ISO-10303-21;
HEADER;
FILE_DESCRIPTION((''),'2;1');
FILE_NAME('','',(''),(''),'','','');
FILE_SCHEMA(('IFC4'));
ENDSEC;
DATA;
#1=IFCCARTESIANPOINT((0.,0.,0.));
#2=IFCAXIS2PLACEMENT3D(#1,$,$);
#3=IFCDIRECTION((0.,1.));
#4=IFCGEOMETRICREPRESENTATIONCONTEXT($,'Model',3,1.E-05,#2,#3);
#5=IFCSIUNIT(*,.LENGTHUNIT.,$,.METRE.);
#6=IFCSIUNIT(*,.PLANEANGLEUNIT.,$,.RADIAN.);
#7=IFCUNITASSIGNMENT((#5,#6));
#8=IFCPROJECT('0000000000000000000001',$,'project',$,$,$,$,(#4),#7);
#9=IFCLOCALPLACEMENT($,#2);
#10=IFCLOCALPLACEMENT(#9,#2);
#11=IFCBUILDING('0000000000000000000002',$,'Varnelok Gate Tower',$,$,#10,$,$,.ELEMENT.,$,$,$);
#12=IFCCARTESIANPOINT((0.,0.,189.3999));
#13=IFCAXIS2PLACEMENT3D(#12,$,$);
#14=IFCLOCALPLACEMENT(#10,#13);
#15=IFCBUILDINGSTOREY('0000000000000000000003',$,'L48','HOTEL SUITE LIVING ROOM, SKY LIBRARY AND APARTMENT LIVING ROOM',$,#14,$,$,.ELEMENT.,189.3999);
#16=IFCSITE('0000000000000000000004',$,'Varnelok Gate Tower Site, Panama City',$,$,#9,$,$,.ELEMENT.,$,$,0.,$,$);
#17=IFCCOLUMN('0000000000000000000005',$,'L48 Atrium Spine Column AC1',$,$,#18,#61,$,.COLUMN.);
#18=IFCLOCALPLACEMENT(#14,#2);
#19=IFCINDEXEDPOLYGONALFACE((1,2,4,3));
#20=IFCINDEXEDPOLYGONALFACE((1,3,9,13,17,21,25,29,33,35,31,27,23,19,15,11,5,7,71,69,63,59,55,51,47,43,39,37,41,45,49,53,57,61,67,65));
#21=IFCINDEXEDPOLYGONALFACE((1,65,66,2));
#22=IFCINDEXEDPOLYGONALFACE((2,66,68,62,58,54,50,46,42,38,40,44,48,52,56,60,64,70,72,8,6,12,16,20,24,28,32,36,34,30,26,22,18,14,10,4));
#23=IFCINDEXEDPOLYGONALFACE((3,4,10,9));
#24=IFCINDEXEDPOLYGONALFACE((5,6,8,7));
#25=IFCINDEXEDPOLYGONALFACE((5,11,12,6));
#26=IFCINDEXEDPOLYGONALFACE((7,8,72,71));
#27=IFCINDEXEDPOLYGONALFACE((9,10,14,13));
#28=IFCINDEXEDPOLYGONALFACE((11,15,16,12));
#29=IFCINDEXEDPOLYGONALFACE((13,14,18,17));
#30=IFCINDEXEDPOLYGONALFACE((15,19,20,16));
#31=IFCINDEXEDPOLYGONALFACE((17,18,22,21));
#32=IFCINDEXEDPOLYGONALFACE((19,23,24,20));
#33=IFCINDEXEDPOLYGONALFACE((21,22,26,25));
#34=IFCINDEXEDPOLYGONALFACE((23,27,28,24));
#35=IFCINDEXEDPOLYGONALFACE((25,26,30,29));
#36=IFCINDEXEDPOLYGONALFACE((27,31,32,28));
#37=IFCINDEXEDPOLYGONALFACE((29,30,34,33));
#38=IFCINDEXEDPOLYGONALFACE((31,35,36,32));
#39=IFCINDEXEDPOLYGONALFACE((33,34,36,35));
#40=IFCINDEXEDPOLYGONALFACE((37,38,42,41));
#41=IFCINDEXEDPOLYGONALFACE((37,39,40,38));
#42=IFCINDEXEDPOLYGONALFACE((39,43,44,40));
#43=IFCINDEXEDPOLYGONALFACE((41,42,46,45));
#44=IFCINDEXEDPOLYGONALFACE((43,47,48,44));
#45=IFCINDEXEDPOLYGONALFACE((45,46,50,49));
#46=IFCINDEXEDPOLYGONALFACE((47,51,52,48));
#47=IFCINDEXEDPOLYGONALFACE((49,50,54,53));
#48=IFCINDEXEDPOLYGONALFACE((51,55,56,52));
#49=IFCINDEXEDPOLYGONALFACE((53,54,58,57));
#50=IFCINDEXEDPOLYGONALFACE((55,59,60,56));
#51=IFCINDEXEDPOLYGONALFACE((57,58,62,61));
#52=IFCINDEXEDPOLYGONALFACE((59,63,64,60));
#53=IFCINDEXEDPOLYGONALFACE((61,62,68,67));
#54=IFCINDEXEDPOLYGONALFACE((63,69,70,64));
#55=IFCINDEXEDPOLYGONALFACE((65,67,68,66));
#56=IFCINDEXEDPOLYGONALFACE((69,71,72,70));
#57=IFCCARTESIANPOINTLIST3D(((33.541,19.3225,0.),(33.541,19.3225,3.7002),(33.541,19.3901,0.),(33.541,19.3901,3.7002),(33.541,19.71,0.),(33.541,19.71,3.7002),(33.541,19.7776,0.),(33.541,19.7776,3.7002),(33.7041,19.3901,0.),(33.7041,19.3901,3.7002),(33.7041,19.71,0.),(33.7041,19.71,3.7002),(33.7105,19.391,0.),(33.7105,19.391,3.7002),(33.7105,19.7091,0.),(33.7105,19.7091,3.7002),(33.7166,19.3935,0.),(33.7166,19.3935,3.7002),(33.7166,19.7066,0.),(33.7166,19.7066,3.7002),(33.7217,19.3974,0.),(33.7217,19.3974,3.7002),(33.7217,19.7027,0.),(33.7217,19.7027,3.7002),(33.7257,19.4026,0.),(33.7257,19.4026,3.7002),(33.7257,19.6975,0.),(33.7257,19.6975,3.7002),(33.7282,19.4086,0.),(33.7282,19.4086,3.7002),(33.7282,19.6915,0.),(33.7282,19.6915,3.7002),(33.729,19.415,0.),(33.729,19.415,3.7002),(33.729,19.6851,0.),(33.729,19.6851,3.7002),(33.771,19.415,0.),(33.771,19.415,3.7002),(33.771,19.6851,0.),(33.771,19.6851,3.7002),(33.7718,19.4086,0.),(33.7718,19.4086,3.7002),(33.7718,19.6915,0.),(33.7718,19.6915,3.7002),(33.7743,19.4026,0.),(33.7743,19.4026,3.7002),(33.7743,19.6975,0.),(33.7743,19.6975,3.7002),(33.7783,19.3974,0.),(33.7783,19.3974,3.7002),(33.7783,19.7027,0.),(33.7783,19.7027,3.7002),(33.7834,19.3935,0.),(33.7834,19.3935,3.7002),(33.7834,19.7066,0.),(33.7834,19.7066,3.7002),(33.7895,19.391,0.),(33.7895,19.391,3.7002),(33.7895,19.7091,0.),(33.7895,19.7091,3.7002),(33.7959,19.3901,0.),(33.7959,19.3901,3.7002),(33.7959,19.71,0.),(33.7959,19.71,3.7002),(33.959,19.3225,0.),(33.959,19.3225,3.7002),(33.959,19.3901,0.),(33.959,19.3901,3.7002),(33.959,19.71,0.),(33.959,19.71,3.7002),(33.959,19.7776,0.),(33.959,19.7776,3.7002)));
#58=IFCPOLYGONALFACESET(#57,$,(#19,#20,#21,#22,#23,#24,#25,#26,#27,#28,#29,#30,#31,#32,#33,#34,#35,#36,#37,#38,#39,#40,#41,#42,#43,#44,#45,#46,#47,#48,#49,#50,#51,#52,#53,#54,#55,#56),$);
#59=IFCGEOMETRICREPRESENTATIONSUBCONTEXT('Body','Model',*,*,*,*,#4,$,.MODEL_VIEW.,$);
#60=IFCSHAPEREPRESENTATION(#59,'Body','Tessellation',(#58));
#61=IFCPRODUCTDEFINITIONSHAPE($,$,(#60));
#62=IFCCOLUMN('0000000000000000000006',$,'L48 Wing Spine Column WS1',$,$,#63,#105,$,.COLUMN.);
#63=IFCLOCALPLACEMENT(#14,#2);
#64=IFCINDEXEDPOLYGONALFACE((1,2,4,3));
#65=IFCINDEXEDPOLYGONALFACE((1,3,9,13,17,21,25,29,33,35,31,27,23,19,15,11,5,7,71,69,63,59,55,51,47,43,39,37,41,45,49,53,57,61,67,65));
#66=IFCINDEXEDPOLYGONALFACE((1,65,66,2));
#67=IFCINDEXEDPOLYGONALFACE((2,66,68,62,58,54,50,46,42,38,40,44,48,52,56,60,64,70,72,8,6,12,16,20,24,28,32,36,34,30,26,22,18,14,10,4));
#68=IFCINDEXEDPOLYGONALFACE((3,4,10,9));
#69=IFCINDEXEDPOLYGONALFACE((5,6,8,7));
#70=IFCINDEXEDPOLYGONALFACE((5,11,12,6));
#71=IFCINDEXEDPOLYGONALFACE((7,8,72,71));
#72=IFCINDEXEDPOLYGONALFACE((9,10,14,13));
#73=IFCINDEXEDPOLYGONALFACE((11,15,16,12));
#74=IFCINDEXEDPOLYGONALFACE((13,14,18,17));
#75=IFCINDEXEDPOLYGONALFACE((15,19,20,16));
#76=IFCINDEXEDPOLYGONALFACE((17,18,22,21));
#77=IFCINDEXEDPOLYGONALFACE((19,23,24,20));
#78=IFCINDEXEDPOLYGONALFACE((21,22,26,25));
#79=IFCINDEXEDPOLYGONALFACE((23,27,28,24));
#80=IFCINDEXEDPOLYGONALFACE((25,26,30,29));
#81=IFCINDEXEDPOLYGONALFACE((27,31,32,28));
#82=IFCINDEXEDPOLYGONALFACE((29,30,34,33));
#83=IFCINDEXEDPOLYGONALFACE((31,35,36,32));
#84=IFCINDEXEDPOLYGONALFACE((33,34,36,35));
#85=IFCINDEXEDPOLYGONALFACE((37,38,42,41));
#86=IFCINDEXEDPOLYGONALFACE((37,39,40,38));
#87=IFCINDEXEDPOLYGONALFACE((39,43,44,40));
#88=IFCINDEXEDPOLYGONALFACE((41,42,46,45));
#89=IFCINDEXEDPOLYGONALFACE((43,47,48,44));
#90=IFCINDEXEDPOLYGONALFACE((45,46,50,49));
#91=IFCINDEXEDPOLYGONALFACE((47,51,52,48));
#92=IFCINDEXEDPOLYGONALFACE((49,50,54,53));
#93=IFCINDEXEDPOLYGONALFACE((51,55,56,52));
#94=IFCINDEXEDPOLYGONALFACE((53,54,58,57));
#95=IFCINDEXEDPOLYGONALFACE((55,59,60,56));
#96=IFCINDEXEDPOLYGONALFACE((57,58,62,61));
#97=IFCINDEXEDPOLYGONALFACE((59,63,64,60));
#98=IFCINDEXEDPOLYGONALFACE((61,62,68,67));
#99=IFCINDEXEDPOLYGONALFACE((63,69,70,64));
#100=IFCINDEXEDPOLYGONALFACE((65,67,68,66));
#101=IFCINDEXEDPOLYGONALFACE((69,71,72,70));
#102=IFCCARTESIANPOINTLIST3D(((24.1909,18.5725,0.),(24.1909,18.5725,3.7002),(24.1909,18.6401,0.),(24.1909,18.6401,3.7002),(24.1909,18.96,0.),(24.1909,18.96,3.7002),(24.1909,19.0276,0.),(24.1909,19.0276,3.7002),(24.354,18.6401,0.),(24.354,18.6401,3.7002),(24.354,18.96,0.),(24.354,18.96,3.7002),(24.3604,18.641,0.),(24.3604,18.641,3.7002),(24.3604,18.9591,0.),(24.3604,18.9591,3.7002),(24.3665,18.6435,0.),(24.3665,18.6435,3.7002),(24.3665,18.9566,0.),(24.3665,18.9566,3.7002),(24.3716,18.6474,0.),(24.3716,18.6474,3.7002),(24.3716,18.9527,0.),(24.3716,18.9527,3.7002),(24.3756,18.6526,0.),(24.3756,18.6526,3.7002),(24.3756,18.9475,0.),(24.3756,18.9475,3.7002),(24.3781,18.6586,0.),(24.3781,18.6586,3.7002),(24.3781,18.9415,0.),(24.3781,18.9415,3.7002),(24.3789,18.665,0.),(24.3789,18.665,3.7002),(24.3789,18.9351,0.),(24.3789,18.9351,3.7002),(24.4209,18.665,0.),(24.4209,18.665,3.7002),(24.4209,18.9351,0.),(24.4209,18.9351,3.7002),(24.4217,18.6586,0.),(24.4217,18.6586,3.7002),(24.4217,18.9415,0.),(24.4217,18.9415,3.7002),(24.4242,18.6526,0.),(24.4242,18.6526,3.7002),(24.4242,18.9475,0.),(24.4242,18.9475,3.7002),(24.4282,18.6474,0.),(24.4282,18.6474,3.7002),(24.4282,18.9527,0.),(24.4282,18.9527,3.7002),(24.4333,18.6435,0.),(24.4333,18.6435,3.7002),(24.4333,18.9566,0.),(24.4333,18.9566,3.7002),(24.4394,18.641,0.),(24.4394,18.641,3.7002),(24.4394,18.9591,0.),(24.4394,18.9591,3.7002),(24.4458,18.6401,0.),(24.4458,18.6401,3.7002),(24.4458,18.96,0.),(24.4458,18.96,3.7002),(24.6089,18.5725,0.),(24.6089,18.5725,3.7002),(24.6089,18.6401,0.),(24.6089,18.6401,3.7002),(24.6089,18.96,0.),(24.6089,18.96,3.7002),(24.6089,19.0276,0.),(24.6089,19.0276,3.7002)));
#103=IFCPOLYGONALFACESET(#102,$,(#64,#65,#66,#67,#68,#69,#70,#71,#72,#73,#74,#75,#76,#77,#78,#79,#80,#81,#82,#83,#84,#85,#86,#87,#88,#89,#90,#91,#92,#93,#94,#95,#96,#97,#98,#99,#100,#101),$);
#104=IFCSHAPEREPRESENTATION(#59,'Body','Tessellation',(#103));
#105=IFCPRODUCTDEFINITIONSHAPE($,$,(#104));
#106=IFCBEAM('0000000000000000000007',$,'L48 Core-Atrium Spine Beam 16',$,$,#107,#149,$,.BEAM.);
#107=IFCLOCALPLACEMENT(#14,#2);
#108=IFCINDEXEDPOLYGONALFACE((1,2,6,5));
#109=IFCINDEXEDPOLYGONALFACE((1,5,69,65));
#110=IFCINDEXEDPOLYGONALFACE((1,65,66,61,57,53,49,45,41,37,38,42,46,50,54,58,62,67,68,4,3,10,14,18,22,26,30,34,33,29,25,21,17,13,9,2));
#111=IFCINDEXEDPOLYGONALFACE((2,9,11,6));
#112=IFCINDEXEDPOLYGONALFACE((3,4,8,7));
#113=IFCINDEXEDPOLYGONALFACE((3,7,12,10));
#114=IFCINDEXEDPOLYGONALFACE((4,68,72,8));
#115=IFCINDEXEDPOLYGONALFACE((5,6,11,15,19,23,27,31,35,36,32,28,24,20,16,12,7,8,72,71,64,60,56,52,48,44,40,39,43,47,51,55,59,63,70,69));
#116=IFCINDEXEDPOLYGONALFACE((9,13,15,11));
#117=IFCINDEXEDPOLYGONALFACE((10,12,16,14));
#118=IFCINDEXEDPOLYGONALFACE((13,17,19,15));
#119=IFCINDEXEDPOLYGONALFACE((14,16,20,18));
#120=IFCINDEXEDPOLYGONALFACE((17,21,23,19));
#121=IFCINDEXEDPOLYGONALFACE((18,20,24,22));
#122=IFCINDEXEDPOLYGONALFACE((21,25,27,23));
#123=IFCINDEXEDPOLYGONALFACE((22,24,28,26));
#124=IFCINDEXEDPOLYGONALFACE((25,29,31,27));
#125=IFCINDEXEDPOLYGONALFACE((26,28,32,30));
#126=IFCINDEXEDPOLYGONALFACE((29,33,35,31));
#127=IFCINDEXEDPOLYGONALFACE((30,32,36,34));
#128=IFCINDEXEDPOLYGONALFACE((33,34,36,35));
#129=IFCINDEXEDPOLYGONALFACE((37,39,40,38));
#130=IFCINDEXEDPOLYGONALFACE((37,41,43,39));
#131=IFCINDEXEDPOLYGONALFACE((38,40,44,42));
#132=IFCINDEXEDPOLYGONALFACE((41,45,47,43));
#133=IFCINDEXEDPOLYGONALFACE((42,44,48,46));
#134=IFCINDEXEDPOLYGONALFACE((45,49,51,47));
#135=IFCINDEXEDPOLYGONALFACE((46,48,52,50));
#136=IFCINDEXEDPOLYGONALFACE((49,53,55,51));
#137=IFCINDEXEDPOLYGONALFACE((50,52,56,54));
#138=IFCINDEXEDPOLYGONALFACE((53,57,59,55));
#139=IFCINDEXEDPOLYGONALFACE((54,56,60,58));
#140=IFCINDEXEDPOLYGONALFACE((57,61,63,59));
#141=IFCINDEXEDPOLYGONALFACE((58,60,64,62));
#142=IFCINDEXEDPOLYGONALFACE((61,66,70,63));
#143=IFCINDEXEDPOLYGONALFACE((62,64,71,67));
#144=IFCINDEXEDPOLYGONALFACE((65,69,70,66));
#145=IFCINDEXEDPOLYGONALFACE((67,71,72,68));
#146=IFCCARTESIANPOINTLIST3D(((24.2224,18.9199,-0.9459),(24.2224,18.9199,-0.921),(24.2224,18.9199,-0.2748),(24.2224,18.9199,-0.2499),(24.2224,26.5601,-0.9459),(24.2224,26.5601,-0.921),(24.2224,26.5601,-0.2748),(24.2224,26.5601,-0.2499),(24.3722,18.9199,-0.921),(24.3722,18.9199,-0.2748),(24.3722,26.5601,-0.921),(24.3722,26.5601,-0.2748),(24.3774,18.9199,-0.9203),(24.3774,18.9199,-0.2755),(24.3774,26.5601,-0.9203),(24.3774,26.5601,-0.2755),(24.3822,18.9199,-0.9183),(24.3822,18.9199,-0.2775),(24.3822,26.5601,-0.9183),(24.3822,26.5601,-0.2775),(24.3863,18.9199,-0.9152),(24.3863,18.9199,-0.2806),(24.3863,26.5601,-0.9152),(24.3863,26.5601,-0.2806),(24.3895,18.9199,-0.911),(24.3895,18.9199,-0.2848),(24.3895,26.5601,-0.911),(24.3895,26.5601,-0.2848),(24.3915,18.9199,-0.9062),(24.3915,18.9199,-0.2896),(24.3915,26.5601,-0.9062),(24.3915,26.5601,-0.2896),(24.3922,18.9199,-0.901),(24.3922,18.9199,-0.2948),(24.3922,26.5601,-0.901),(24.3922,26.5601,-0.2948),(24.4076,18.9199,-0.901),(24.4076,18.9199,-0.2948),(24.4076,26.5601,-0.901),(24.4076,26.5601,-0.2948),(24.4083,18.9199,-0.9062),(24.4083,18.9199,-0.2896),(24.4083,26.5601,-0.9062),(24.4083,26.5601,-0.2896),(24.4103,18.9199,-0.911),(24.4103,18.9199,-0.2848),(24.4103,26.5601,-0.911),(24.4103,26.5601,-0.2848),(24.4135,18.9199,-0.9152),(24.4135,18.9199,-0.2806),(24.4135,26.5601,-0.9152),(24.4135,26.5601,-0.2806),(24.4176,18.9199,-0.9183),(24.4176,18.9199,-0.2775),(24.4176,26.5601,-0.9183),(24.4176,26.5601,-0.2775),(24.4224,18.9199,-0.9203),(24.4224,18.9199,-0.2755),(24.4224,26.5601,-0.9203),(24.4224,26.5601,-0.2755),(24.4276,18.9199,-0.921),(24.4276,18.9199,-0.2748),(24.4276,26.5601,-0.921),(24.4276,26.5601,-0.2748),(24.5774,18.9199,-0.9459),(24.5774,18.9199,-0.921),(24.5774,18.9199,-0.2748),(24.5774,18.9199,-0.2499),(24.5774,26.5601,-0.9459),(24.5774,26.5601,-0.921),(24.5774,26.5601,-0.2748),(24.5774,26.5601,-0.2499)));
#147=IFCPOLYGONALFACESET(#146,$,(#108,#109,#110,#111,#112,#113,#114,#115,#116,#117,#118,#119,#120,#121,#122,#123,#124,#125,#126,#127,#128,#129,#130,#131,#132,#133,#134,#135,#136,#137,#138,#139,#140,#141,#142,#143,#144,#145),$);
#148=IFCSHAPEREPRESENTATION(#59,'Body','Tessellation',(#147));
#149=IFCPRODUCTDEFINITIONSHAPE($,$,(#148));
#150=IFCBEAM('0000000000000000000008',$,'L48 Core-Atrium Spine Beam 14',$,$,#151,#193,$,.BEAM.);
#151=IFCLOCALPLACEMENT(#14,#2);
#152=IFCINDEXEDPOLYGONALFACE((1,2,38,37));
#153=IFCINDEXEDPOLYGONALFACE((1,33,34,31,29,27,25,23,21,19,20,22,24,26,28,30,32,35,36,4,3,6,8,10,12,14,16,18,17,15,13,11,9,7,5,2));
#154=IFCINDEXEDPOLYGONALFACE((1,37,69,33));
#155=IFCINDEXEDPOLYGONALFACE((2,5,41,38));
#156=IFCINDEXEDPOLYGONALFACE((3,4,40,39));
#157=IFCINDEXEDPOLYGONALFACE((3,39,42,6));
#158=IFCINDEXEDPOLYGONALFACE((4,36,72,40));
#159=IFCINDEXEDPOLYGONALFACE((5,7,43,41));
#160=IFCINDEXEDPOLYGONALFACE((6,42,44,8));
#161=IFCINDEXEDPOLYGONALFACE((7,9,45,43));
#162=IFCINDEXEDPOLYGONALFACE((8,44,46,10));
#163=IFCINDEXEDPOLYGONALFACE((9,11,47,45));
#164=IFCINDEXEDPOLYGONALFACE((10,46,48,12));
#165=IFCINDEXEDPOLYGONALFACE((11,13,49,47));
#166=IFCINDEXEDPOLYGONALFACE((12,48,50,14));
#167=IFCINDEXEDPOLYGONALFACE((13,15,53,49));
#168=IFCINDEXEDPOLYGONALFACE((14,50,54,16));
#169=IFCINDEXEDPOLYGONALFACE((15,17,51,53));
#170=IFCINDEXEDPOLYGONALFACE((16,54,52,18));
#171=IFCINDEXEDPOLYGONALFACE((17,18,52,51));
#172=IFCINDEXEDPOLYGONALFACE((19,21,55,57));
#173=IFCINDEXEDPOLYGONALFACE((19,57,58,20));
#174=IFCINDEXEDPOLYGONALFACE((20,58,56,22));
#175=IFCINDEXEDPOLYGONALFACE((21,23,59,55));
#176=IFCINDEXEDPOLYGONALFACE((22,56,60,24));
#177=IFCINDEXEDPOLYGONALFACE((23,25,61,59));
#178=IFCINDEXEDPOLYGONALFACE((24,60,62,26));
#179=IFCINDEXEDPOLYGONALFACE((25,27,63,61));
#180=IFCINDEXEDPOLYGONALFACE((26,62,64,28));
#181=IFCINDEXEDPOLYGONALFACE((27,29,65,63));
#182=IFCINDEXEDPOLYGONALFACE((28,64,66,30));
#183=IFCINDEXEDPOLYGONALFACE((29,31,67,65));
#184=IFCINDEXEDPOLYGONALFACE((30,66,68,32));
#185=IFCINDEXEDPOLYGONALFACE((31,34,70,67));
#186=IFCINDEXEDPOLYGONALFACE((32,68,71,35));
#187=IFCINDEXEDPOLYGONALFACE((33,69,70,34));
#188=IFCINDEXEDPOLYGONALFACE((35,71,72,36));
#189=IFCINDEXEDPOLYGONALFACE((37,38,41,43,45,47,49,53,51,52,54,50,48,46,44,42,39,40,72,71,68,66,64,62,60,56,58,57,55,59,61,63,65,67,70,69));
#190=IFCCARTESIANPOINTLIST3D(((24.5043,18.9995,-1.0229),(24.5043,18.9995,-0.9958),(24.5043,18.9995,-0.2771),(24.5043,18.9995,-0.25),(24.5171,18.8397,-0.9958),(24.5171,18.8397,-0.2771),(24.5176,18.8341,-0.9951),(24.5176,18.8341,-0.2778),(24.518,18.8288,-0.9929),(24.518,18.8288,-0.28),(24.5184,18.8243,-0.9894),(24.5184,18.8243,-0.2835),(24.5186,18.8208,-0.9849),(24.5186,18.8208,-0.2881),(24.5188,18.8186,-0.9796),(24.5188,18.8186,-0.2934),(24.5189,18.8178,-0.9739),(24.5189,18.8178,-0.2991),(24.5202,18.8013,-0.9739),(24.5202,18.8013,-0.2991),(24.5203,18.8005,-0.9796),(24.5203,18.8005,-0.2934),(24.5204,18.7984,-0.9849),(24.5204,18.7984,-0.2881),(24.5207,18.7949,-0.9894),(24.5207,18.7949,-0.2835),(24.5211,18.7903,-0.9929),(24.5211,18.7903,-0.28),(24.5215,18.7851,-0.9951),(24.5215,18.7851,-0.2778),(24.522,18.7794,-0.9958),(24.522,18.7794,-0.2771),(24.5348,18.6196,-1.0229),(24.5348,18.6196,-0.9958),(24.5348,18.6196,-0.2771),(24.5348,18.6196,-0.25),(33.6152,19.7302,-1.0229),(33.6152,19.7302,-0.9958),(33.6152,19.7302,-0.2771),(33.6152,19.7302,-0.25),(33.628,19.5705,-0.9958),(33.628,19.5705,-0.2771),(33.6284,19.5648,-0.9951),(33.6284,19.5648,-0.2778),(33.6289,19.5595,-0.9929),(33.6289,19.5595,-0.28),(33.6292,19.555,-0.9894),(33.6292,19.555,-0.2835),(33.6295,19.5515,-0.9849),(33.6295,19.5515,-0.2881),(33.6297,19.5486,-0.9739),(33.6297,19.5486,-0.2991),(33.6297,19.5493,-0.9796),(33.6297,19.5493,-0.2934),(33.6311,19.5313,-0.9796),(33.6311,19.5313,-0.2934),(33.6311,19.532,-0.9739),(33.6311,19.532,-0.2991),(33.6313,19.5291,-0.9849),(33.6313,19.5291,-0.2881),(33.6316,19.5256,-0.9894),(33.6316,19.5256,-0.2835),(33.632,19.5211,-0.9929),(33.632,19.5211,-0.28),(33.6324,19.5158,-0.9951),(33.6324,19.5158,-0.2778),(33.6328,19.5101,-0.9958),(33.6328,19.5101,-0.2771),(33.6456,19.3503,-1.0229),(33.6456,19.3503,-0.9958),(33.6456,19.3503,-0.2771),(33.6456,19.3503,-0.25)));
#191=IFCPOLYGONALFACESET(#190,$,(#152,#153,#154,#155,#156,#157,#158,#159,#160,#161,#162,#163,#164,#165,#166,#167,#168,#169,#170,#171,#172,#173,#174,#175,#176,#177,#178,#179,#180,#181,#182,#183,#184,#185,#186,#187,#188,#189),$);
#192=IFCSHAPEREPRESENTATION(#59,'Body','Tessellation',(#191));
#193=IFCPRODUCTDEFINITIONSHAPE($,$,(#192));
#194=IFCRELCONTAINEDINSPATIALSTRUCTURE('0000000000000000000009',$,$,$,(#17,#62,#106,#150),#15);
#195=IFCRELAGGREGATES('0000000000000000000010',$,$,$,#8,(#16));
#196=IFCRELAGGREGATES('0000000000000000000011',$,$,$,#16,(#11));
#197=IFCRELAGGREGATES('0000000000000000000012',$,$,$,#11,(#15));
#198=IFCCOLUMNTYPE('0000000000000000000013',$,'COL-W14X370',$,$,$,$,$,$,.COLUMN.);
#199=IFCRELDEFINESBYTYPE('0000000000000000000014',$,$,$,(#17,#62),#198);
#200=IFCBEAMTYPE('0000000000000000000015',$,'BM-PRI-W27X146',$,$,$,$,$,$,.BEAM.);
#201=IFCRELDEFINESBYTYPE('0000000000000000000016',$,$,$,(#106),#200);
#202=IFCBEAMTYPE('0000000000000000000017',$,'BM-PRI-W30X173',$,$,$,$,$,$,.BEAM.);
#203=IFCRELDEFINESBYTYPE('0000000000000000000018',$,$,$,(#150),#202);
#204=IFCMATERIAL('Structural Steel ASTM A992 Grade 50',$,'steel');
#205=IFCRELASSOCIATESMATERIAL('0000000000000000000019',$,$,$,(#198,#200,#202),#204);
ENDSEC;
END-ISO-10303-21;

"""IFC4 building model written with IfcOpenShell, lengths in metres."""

from ifc_helpers import new_model, si_unit, direction, frame, origin, origin_2d, place, context, subcontext, project, spatial, i_section, extrude, material, material_profile, profile_set, type_object, element, save


model = new_model("IFC4")

# Units and contexts
model_context = context("Model", 3, precision=1e-05, world=origin(), true_north=direction((0.0, 1.0)))
body_context = subcontext(model_context, "Body", "Model", "MODEL_VIEW")
ifc_project = project(units=[si_unit("LENGTHUNIT", "METRE"), si_unit("PLANEANGLEUNIT", "RADIAN")], contexts=[model_context])

# Site, building, storey
site_placement = place(None, origin())
site = spatial("IfcSite", under=ifc_project, at=site_placement, Name="Varnelok Gate Tower Site, Panama City", CompositionType="ELEMENT", RefElevation=0.0)
building_placement = place(site_placement, origin())
building = spatial("IfcBuilding", under=site, at=building_placement, Name="Varnelok Gate Tower", CompositionType="ELEMENT")
storey_placement = place(building_placement, frame((0.0, 0.0, 189.3999)))
storey = spatial("IfcBuildingStorey", under=building, at=storey_placement, Name="L48", Description="HOTEL SUITE LIVING ROOM, SKY LIBRARY AND APARTMENT LIVING ROOM", CompositionType="ELEMENT", Elevation=189.3999)

# Columns
ifc_material_1 = material(Name="Structural Steel ASTM A992 Grade 50", Category="steel")
ifc_material_profile_1 = material_profile(ifc_material_1, i_section(OverallWidth=0.418, OverallDepth=0.4551, WebThickness=0.042, FlangeThickness=0.0676, FilletRadius=0.0249, at=origin_2d()), Name="W14X370")
ifc_profile_set_1 = profile_set([ifc_material_profile_1], Name="Structural Steel ASTM A992 Grade 50")
column_type = type_object("IfcColumnType", Name="COL-W14X370", PredefinedType="COLUMN", material=ifc_profile_set_1)
for number, where, z_axis, x_axis, name in (
    (1, (33.75, 19.55, 0.0), (0.0, 0.0, 1.0), (1.0, 0.0, 0.0), "L48 Atrium Spine Column AC1"),
    (2, (24.3999, 18.8, 0.0), (0.0, 0.0, 1.0), (1.0, 0.0, 0.0), "L48 Wing Spine Column WS1"),
):
    element("IfcColumn", number, at=place(storey_placement, frame(where, z_axis=z_axis, x_axis=x_axis)), inside=storey, type_object=column_type, Name=name, PredefinedType="COLUMN", context=body_context, shape_type="SweptSolid", body=[
        extrude(i_section(OverallWidth=0.418, OverallDepth=0.4551, WebThickness=0.042, FlangeThickness=0.0676, FilletRadius=0.0249, at=origin_2d()), origin(), (0.0, 0.0, 1.0), 3.7002),
    ])

# Beams
ifc_material_profile_2 = material_profile(ifc_material_1, i_section(OverallWidth=0.355, OverallDepth=0.696, WebThickness=0.0154, FlangeThickness=0.0249, FilletRadius=0.02, at=origin_2d()), Name="W27X146")
ifc_profile_set_2 = profile_set([ifc_material_profile_2], Name="Structural Steel ASTM A992 Grade 50")
beam_type_1 = type_object("IfcBeamType", Name="BM-PRI-W27X146", PredefinedType="BEAM", material=ifc_profile_set_2)
beam_1_placement = place(storey_placement, frame((24.3999, 18.9199, -0.5979), z_axis=(0.0, 1.0, 0.0), x_axis=(-1.0, 0.0, 0.0)))
element("IfcBeam", 3, at=beam_1_placement, inside=storey, type_object=beam_type_1, Name="L48 Core-Atrium Spine Beam 16", PredefinedType="BEAM", context=body_context, shape_type="SweptSolid", body=[
    extrude(i_section(OverallWidth=0.355, OverallDepth=0.696, WebThickness=0.0154, FlangeThickness=0.0249, FilletRadius=0.02, at=origin_2d()), origin(), (0.0, 0.0, 1.0), 7.6401),
])
ifc_material_profile_3 = material_profile(ifc_material_1, i_section(OverallWidth=0.3811, OverallDepth=0.7729, WebThickness=0.0166, FlangeThickness=0.0271, FilletRadius=0.022, at=origin_2d()), Name="W30X173")
ifc_profile_set_3 = profile_set([ifc_material_profile_3], Name="Structural Steel ASTM A992 Grade 50")
beam_type_2 = type_object("IfcBeamType", Name="BM-PRI-W30X173", PredefinedType="BEAM", material=ifc_profile_set_3)
beam_2_placement = place(storey_placement, frame((24.5195, 18.8096, -0.6365), z_axis=(0.996799, 0.079946, 0.0), x_axis=(-0.079946, 0.996799, 0.0)))
element("IfcBeam", 4, at=beam_2_placement, inside=storey, type_object=beam_type_2, Name="L48 Core-Atrium Spine Beam 14", PredefinedType="BEAM", context=body_context, shape_type="SweptSolid", body=[
    extrude(i_section(OverallWidth=0.3811, OverallDepth=0.7729, WebThickness=0.0166, FlangeThickness=0.0271, FilletRadius=0.022, at=origin_2d()), origin(), (0.0, 0.0, 1.0), 9.1401),
])

save(model, "model.ifc")
